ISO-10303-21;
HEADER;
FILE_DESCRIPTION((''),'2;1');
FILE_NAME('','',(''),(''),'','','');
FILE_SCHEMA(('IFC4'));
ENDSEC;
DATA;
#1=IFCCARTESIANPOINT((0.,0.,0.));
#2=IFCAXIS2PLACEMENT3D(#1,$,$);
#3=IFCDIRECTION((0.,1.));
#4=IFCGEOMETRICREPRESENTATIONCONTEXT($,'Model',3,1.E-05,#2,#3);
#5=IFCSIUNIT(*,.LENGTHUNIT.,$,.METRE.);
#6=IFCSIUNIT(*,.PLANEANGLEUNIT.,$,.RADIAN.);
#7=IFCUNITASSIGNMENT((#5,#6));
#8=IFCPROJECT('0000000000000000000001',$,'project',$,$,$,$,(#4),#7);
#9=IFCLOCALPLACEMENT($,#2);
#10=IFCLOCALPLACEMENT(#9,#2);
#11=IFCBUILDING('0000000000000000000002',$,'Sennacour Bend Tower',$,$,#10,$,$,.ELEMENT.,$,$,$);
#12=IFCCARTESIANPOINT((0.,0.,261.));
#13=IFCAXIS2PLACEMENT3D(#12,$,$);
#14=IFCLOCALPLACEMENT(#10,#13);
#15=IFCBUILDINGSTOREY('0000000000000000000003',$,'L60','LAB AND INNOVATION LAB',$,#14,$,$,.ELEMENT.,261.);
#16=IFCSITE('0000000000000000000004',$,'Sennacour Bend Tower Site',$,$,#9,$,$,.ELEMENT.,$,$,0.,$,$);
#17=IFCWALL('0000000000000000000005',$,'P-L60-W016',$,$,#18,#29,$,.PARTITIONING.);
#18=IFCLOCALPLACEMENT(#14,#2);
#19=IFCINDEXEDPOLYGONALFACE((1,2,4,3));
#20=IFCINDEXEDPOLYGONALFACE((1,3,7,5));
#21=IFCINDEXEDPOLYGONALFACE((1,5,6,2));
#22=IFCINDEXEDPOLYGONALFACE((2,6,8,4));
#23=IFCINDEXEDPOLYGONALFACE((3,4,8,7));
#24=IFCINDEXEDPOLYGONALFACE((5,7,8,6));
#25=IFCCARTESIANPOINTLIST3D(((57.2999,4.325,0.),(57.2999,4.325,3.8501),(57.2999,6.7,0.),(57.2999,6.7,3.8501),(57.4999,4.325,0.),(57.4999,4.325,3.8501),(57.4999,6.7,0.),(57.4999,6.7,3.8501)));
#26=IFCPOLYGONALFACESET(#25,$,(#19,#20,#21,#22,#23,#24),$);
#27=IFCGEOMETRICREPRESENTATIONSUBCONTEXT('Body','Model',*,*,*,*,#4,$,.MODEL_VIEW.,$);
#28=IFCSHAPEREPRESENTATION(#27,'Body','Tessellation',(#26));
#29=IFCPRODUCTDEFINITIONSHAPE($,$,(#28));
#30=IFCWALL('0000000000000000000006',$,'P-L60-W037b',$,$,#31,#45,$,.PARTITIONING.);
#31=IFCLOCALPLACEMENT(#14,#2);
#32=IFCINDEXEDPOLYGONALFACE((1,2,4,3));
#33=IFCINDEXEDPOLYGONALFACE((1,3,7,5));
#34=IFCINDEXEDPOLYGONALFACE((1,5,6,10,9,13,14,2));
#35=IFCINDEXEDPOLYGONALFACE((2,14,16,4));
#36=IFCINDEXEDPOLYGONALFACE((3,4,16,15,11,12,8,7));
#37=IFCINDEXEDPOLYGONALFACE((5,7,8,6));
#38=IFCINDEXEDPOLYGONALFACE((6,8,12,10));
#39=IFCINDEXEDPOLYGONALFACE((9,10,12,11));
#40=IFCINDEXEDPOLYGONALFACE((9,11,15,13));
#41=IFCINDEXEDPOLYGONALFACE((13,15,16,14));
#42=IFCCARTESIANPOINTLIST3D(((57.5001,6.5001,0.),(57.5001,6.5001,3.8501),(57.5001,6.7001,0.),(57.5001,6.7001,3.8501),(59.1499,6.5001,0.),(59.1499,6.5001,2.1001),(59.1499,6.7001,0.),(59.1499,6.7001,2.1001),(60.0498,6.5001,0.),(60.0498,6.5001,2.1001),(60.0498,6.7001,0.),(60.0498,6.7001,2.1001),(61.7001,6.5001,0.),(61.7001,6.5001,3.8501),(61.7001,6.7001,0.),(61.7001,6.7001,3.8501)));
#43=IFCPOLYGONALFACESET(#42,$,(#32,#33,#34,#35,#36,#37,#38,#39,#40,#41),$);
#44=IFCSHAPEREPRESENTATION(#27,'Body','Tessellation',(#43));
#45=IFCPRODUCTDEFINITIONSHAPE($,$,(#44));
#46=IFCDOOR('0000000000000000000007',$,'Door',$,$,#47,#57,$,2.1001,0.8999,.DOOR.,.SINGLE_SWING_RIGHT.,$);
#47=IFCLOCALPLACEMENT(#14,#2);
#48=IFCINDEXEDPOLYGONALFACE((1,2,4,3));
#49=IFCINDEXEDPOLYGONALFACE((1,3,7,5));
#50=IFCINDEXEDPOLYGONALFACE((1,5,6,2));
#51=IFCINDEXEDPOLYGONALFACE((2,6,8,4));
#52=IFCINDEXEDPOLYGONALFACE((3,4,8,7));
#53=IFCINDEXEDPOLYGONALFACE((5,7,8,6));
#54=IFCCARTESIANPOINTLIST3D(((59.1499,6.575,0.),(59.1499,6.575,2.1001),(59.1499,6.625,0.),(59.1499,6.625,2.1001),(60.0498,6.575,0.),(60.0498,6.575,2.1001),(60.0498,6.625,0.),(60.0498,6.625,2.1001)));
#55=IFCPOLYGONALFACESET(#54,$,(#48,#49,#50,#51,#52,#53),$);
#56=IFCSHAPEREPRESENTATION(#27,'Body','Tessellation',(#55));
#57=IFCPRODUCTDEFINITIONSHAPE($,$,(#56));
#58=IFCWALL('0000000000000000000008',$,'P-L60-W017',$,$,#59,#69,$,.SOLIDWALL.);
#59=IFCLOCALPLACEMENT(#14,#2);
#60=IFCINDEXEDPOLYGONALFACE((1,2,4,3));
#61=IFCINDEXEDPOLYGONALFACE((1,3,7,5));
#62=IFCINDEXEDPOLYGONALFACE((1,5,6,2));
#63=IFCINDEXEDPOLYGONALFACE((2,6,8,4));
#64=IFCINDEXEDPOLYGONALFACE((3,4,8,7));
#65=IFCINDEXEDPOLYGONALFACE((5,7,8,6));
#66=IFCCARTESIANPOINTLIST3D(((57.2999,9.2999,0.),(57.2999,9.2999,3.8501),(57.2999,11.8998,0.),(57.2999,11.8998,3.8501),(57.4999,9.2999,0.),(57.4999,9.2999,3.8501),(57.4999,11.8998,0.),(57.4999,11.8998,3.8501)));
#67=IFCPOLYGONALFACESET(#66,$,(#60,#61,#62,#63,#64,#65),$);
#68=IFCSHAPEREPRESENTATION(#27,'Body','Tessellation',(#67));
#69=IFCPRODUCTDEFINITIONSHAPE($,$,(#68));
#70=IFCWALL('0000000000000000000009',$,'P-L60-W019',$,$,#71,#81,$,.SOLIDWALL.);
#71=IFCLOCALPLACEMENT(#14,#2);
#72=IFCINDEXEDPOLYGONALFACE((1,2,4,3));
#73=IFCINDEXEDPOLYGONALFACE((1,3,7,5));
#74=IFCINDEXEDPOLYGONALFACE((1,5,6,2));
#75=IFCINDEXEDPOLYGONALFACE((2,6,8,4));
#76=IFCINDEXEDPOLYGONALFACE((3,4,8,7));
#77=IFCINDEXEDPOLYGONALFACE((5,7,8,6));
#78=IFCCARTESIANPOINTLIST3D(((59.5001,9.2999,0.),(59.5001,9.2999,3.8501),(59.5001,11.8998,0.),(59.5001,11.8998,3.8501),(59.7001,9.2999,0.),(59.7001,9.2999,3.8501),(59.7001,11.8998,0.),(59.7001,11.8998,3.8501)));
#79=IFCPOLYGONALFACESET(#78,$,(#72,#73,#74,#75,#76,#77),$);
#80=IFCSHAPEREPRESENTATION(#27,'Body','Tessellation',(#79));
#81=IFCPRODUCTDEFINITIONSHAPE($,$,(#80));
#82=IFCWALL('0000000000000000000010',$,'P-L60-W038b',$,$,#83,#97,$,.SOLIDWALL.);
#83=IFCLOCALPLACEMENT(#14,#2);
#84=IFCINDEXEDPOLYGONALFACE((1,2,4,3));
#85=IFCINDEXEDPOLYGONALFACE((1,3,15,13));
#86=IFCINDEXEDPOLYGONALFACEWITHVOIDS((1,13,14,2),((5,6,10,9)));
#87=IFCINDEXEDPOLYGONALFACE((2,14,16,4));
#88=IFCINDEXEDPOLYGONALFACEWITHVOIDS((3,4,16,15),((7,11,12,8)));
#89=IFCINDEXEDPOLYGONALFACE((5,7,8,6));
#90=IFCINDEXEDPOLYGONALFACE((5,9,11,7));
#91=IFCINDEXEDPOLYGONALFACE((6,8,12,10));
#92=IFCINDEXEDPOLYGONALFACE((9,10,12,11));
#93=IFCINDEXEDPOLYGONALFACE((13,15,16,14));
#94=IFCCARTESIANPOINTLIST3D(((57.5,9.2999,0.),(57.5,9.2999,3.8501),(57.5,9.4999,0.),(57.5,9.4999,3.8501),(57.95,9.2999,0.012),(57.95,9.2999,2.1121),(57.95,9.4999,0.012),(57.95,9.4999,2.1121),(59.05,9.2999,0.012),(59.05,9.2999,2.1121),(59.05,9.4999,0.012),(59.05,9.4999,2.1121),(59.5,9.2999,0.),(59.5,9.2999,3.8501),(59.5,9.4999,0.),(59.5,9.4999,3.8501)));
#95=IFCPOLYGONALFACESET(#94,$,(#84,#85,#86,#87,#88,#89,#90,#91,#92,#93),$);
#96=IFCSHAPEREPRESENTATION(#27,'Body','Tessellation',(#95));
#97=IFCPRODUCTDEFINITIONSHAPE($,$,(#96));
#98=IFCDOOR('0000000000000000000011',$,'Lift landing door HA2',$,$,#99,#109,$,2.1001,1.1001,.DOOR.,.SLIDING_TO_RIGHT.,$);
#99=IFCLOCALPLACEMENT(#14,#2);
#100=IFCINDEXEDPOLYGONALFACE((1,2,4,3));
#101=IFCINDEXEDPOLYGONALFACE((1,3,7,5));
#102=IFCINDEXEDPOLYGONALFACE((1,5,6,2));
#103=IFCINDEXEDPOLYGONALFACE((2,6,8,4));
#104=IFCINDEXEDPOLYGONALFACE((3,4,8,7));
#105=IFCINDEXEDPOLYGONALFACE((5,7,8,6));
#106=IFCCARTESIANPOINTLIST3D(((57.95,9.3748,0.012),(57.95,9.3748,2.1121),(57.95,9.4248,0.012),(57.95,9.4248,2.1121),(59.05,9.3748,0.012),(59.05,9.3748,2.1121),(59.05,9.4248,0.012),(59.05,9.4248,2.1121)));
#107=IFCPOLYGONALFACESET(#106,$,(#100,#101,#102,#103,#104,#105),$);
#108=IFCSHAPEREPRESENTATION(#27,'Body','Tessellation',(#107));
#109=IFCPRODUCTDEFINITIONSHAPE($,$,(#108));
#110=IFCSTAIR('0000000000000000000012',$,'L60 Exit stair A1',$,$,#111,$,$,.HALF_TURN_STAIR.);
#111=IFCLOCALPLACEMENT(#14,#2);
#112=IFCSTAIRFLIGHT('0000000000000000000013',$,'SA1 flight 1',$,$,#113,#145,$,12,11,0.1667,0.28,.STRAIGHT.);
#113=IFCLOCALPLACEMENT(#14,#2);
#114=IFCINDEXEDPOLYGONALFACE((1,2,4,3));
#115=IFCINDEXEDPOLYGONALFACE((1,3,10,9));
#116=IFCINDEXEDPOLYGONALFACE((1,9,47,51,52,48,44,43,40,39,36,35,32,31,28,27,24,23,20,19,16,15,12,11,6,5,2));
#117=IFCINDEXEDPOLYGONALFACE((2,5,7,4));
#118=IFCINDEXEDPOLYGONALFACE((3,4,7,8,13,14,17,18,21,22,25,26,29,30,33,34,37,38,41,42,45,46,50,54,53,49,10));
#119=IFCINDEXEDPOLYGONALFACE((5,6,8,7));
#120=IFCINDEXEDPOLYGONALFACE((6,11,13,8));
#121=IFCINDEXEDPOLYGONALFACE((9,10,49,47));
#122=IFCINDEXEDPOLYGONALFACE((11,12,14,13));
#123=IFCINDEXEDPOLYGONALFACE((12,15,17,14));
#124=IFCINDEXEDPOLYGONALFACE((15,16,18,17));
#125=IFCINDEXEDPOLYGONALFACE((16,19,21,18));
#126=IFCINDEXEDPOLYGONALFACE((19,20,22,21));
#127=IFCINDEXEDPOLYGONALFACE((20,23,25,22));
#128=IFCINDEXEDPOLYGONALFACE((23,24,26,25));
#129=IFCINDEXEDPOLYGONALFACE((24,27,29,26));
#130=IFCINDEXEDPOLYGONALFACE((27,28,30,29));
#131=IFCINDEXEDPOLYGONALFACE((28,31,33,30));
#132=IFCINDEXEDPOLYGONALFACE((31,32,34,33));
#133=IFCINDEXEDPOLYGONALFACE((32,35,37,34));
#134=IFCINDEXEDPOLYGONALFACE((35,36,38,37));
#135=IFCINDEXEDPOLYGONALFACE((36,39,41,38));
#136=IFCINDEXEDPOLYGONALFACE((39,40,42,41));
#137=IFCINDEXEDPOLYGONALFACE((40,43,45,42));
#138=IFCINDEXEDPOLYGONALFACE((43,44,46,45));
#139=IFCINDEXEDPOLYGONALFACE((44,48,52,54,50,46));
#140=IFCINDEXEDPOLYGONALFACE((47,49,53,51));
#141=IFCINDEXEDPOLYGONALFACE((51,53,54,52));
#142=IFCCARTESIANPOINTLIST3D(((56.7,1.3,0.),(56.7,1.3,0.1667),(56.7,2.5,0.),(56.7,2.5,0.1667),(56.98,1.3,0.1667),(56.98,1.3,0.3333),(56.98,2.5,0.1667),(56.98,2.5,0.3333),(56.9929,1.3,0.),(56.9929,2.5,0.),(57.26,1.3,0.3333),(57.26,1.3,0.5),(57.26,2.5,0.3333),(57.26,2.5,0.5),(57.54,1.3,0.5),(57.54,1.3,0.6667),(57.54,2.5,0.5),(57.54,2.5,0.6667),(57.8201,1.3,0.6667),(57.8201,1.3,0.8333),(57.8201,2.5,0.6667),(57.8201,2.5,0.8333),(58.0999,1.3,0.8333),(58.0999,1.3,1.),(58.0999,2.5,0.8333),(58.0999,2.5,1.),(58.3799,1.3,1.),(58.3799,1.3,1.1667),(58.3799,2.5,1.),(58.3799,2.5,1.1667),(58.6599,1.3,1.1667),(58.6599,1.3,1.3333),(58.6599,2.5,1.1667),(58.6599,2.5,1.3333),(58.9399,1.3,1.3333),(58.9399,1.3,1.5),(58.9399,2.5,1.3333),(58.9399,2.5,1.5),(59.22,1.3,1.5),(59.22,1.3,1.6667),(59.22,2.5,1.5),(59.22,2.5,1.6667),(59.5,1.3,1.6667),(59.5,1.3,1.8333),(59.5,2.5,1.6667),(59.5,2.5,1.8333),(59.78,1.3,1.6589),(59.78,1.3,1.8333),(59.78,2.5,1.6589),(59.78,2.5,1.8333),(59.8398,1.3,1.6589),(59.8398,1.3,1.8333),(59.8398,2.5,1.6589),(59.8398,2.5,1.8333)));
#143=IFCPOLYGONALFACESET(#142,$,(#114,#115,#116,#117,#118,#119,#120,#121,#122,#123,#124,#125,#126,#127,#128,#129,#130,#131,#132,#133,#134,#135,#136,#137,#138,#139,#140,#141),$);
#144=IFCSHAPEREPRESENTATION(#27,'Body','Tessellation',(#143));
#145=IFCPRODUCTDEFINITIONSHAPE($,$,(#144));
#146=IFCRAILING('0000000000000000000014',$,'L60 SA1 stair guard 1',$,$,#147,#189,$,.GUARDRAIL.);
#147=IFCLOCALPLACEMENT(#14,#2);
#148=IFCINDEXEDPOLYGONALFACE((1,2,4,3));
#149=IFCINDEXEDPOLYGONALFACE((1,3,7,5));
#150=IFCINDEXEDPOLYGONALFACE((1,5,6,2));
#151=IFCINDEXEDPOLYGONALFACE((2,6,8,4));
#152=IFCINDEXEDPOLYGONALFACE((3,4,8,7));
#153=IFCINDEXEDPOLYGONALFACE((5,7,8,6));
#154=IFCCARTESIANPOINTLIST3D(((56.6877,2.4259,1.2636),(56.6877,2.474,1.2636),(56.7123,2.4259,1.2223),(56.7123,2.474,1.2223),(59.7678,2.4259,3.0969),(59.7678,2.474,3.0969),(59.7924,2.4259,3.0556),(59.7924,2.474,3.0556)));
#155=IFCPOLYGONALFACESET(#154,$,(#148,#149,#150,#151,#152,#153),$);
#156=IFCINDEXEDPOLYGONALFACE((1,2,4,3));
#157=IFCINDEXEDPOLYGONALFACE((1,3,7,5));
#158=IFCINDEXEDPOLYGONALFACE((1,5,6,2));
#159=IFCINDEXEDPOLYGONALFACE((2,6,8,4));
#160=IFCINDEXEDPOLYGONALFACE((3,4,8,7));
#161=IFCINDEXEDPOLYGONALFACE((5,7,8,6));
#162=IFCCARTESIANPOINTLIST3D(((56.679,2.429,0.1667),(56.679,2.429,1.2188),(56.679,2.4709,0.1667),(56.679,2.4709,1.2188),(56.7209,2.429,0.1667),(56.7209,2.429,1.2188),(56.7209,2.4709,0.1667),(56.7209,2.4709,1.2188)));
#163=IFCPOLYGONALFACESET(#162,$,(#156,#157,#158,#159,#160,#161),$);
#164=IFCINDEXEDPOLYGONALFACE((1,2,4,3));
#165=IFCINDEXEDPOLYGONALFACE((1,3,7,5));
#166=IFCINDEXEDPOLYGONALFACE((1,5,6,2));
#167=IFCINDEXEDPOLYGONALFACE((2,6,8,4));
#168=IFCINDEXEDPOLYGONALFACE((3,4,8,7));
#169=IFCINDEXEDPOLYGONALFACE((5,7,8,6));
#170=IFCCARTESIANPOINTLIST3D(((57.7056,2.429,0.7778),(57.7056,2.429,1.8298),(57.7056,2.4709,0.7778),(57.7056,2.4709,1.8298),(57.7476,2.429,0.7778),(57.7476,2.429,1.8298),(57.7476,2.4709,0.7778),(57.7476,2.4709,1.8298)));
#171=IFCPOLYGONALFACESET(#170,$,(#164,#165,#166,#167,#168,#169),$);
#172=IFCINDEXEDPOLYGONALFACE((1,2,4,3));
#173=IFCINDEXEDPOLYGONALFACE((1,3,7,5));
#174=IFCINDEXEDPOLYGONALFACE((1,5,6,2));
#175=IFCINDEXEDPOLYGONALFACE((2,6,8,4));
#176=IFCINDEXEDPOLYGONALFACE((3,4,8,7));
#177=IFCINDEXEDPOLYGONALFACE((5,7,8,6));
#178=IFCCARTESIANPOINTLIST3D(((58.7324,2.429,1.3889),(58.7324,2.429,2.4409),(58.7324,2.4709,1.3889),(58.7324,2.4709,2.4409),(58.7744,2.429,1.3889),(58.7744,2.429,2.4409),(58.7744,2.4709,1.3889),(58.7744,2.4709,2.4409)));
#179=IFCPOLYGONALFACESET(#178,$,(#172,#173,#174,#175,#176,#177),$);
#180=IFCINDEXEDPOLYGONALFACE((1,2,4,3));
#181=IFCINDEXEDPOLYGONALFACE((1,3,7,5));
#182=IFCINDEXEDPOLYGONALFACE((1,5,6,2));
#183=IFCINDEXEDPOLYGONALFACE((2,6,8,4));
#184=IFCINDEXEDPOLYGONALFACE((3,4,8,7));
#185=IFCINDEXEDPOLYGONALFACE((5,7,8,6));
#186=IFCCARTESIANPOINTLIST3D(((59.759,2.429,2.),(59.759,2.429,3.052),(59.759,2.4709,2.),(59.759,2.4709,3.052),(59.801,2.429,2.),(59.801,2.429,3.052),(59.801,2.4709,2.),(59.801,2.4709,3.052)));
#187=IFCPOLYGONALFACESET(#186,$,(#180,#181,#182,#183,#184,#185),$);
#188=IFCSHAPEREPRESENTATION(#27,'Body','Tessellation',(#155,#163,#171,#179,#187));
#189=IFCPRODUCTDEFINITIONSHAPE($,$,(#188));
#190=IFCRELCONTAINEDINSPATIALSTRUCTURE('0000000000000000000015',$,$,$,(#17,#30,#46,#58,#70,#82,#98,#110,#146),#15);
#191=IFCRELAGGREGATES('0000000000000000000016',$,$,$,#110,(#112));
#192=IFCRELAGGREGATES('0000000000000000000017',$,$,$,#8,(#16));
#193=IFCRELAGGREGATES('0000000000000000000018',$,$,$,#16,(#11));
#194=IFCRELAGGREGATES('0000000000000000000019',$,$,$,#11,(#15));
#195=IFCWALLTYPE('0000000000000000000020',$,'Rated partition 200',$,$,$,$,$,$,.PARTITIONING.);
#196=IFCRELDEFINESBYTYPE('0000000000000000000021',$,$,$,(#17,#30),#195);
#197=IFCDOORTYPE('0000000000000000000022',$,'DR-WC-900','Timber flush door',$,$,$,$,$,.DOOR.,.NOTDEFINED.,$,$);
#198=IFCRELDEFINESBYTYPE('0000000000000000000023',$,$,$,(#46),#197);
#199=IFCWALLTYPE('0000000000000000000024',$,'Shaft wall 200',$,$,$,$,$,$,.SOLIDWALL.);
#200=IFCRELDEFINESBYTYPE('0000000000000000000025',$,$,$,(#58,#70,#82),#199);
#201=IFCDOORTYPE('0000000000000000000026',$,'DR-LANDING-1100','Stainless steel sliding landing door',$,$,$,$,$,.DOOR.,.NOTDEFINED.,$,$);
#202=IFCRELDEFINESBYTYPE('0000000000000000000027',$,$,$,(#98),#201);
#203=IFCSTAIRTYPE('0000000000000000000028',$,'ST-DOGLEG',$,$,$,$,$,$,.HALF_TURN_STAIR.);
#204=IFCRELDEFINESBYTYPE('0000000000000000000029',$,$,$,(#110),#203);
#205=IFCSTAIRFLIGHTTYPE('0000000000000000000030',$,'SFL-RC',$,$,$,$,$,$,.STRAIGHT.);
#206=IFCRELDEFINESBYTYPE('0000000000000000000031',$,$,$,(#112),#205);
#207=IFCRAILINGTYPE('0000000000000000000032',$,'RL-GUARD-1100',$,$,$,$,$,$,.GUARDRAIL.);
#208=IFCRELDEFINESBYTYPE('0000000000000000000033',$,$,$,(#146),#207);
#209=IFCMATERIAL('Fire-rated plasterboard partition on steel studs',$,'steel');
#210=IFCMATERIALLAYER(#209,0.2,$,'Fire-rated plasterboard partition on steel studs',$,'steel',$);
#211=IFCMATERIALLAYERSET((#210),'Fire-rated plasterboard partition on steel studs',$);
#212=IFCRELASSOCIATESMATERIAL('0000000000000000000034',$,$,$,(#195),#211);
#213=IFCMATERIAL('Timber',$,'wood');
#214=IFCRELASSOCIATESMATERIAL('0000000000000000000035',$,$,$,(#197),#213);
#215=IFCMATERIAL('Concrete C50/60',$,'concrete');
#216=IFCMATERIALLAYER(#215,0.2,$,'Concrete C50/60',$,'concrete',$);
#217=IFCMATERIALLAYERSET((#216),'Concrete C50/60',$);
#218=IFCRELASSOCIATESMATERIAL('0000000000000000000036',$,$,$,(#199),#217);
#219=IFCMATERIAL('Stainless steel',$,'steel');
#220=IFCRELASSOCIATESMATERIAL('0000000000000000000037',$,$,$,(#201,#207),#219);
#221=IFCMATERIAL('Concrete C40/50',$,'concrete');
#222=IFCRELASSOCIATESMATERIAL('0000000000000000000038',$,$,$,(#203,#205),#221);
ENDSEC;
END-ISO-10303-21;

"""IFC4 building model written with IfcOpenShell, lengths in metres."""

from ifc_helpers import new_model, si_unit, direction, frame, frame_2d, origin, origin_2d, place, context, subcontext, project, spatial, polyline, rectangle, outline, extrude, material, layer, layer_set, type_object, element, fill, aggregate, save


model = new_model("IFC4")

# Units and contexts
model_context = context("Model", 3, precision=1e-05, world=origin(), true_north=direction((0.0, 1.0)))
body_context = subcontext(model_context, "Body", "Model", "MODEL_VIEW")
ifc_project = project(units=[si_unit("LENGTHUNIT", "METRE"), si_unit("PLANEANGLEUNIT", "RADIAN")], contexts=[model_context])

# Site, building, storey
site_placement = place(None, origin())
site = spatial("IfcSite", under=ifc_project, at=site_placement, Name="Sennacour Bend Tower Site", CompositionType="ELEMENT", RefElevation=0.0)
building_placement = place(site_placement, origin())
building = spatial("IfcBuilding", under=site, at=building_placement, Name="Sennacour Bend Tower", CompositionType="ELEMENT")
storey_placement = place(building_placement, frame((0.0, 0.0, 261.0)))
storey = spatial("IfcBuildingStorey", under=building, at=storey_placement, Name="L60", Description="LAB AND INNOVATION LAB", CompositionType="ELEMENT", Elevation=261.0)

# Wall
ifc_material_1 = material(Name="Fire-rated plasterboard partition on steel studs", Category="steel")
ifc_layer_1 = layer(ifc_material_1, 0.2, Name="Fire-rated plasterboard partition on steel studs", Category="steel")
ifc_layer_set_1 = layer_set([ifc_layer_1], Name="Fire-rated plasterboard partition on steel studs")
wall_type_1 = type_object("IfcWallType", Name="Rated partition 200", PredefinedType="PARTITIONING", material=ifc_layer_set_1)
wall_1_placement = place(storey_placement, frame((57.3999, 4.325, 0.0), z_axis=(0.0, 0.0, 1.0), x_axis=(0.0, 1.0, 0.0)))
element("IfcWall", 1, at=wall_1_placement, inside=storey, type_object=wall_type_1, Name="P-L60-W016", PredefinedType="PARTITIONING", context=body_context, shape_type="SweptSolid", body=[
    extrude(rectangle(XDim=2.375, YDim=0.2, at=frame_2d((1.1875, 0.0))), origin(), (0.0, 0.0, 1.0), 3.8501),
])

# Wall, opening, door
wall_2_placement = place(storey_placement, frame((57.5, 6.6001, 0.0), z_axis=(0.0, 0.0, 1.0), x_axis=(1.0, 0.0, 0.0)))
wall_2 = element("IfcWall", 2, at=wall_2_placement, inside=storey, type_object=wall_type_1, Name="P-L60-W037b", PredefinedType="PARTITIONING", context=body_context, shape_type="SweptSolid", body=[
    extrude(rectangle(XDim=4.2, YDim=0.2, at=frame_2d((2.1001, 0.0))), origin(), (0.0, 0.0, 1.0), 3.8501),
])
opening_1_placement = place(wall_2_placement, frame((1.6499, 0.0, 0.0)))
opening_1 = element("IfcOpeningElement", 3, at=opening_1_placement, cuts=wall_2, PredefinedType="OPENING", context=body_context, shape_type="SweptSolid", body=[
    extrude(rectangle(XDim=0.8999, YDim=2.1001, at=frame_2d((0.45, 1.05))), frame((0.0, 0.1099, 0.0), z_axis=(0.0, -1.0, 0.0), x_axis=(1.0, 0.0, 0.0)), (0.0, 0.0, 1.0), 0.22),
])
ifc_material_2 = material(Name="Timber", Category="wood")
door_type_1 = type_object("IfcDoorType", Name="DR-WC-900", Description="Timber flush door", OperationType="NOTDEFINED", PredefinedType="DOOR", material=ifc_material_2)
door_1_placement = place(opening_1_placement, origin())
door_1 = element("IfcDoor", 4, at=door_1_placement, inside=storey, type_object=door_type_1, Name="Door", OperationType="SINGLE_SWING_RIGHT", OverallHeight=2.1001, OverallWidth=0.8999, PredefinedType="DOOR", context=body_context, shape_type="SweptSolid", body=[
    extrude(rectangle(XDim=0.8999, YDim=2.1001, at=frame_2d((0.45, 1.05))), frame((0.0, 0.0249, 0.0), z_axis=(0.0, -1.0, 0.0), x_axis=(1.0, 0.0, 0.0)), (0.0, 0.0, 1.0), 0.05),
])
fill(opening_1, door_1)

# Walls
ifc_material_3 = material(Name="Concrete C50/60", Category="concrete")
ifc_layer_2 = layer(ifc_material_3, 0.2, Name="Concrete C50/60", Category="concrete")
ifc_layer_set_2 = layer_set([ifc_layer_2], Name="Concrete C50/60")
wall_type_2 = type_object("IfcWallType", Name="Shaft wall 200", PredefinedType="SOLIDWALL", material=ifc_layer_set_2)
for number, where, z_axis, x_axis, name in (
    (5, (57.3999, 9.3, 0.0), (0.0, 0.0, 1.0), (0.0, 1.0, 0.0), "P-L60-W017"),
    (6, (59.6001, 9.3, 0.0), (0.0, 0.0, 1.0), (0.0, 1.0, 0.0), "P-L60-W019"),
):
    element("IfcWall", number, at=place(storey_placement, frame(where, z_axis=z_axis, x_axis=x_axis)), inside=storey, type_object=wall_type_2, Name=name, PredefinedType="SOLIDWALL", context=body_context, shape_type="SweptSolid", body=[
        extrude(rectangle(XDim=2.5999, YDim=0.2, at=frame_2d((1.2998, 0.0))), origin(), (0.0, 0.0, 1.0), 3.8501),
    ])

# Wall, opening, door
wall_3_placement = place(storey_placement, frame((57.5, 9.3999, 0.0), z_axis=(0.0, 0.0, 1.0), x_axis=(1.0, 0.0, 0.0)))
wall_3 = element("IfcWall", 7, at=wall_3_placement, inside=storey, type_object=wall_type_2, Name="P-L60-W038b", PredefinedType="SOLIDWALL", context=body_context, shape_type="SweptSolid", body=[
    extrude(rectangle(XDim=2.0, YDim=0.2, at=frame_2d((1.0, 0.0))), origin(), (0.0, 0.0, 1.0), 3.8501),
])
opening_2_placement = place(wall_3_placement, frame((0.45, 0.0, 0.012)))
opening_2 = element("IfcOpeningElement", 8, at=opening_2_placement, cuts=wall_3, PredefinedType="OPENING", context=body_context, shape_type="SweptSolid", body=[
    extrude(rectangle(XDim=1.1001, YDim=2.1001, at=frame_2d((0.55, 1.05))), frame((0.0, 0.1099, 0.0), z_axis=(0.0, -1.0, 0.0), x_axis=(1.0, 0.0, 0.0)), (0.0, 0.0, 1.0), 0.22),
])
ifc_material_4 = material(Name="Stainless steel", Category="steel")
door_type_2 = type_object("IfcDoorType", Name="DR-LANDING-1100", Description="Stainless steel sliding landing door", OperationType="NOTDEFINED", PredefinedType="DOOR", material=ifc_material_4)
door_2_placement = place(opening_2_placement, origin())
door_2 = element("IfcDoor", 9, at=door_2_placement, inside=storey, type_object=door_type_2, Name="Lift landing door HA2", OperationType="SLIDING_TO_RIGHT", OverallHeight=2.1001, OverallWidth=1.1001, PredefinedType="DOOR", context=body_context, shape_type="SweptSolid", body=[
    extrude(rectangle(XDim=1.1001, YDim=2.1001, at=frame_2d((0.55, 1.05))), frame((0.0, 0.0249, 0.0), z_axis=(0.0, -1.0, 0.0), x_axis=(1.0, 0.0, 0.0)), (0.0, 0.0, 1.0), 0.05),
])
fill(opening_2, door_2)

# Stair, stair flight
ifc_material_5 = material(Name="Concrete C40/50", Category="concrete")
stair_type = type_object("IfcStairType", Name="ST-DOGLEG", PredefinedType="HALF_TURN_STAIR", material=ifc_material_5)
stair_placement = place(storey_placement, origin())
stair = element("IfcStair", 10, at=stair_placement, inside=storey, type_object=stair_type, Name="L60 Exit stair A1", PredefinedType="HALF_TURN_STAIR")
stair_flight_type = type_object("IfcStairFlightType", Name="SFL-RC", PredefinedType="STRAIGHT", material=ifc_material_5)
stair_flight_placement = place(storey_placement, frame((56.7, 1.8999, 0.0), z_axis=(0.0, 0.0, 1.0), x_axis=(1.0, 0.0, 0.0)))
stair_flight = element("IfcStairFlight", 11, at=stair_flight_placement, type_object=stair_flight_type, Name="SA1 flight 1", NumberOfRisers=12, NumberOfTreads=11, PredefinedType="STRAIGHT", RiserHeight=0.1667, TreadLength=0.28, context=body_context, shape_type="SweptSolid", body=[
    extrude(outline(polyline([(0.0, 0.0), (0.0, 0.1667), (0.28, 0.1667), (0.28, 0.3333), (0.5601, 0.3333), (0.5601, 0.5), (0.8401, 0.5), (0.8401, 0.6667), (1.1201, 0.6667), (1.1201, 0.8333), (1.3999, 0.8333), (1.3999, 1.0), (1.6799, 1.0), (1.6799, 1.1667), (1.96, 1.1667), (1.96, 1.3333), (2.24, 1.3333), (2.24, 1.5), (2.52, 1.5), (2.52, 1.6667), (2.8, 1.6667), (2.8, 1.8333), (3.0801, 1.8333), (3.1399, 1.8333), (3.1399, 1.6589), (3.0801, 1.6589), (0.293, 0.0), (0.0, 0.0)])), frame((0.0, 0.6001, 0.0), z_axis=(0.0, -1.0, 0.0), x_axis=(1.0, 0.0, 0.0)), (0.0, 0.0, 1.0), 1.2),
])
aggregate(stair, [stair_flight])

# Railing
railing_type_1 = type_object("IfcRailingType", Name="RL-GUARD-1100", PredefinedType="GUARDRAIL", material=ifc_material_4)
railing_1_placement = place(storey_placement, frame((56.7, 2.45, 0.1667)))
element("IfcRailing", 12, at=railing_1_placement, inside=storey, type_object=railing_type_1, Name="L60 SA1 stair guard 1", PredefinedType="GUARDRAIL", context=body_context, shape_type="SweptSolid", body=[
    extrude(rectangle(XDim=0.0481, YDim=0.0481, at=origin_2d()), frame((0.0, 0.0, 1.0762), z_axis=(0.859309, 0.0, 0.511458), x_axis=(0.0, 1.0, 0.0)), (0.0, 0.0, 1.0), 3.5845),
    extrude(rectangle(XDim=0.042, YDim=0.042, at=origin_2d()), origin(), (0.0, 0.0, 1.0), 1.052),
    extrude(rectangle(XDim=0.042, YDim=0.042, at=origin_2d()), frame((1.0266, 0.0, 0.6111)), (0.0, 0.0, 1.0), 1.052),
    extrude(rectangle(XDim=0.042, YDim=0.042, at=origin_2d()), frame((2.0535, 0.0, 1.2222)), (0.0, 0.0, 1.0), 1.052),
    extrude(rectangle(XDim=0.042, YDim=0.042, at=origin_2d()), frame((3.0801, 0.0, 1.8333)), (0.0, 0.0, 1.0), 1.052),
])

save(model, "model.ifc")
